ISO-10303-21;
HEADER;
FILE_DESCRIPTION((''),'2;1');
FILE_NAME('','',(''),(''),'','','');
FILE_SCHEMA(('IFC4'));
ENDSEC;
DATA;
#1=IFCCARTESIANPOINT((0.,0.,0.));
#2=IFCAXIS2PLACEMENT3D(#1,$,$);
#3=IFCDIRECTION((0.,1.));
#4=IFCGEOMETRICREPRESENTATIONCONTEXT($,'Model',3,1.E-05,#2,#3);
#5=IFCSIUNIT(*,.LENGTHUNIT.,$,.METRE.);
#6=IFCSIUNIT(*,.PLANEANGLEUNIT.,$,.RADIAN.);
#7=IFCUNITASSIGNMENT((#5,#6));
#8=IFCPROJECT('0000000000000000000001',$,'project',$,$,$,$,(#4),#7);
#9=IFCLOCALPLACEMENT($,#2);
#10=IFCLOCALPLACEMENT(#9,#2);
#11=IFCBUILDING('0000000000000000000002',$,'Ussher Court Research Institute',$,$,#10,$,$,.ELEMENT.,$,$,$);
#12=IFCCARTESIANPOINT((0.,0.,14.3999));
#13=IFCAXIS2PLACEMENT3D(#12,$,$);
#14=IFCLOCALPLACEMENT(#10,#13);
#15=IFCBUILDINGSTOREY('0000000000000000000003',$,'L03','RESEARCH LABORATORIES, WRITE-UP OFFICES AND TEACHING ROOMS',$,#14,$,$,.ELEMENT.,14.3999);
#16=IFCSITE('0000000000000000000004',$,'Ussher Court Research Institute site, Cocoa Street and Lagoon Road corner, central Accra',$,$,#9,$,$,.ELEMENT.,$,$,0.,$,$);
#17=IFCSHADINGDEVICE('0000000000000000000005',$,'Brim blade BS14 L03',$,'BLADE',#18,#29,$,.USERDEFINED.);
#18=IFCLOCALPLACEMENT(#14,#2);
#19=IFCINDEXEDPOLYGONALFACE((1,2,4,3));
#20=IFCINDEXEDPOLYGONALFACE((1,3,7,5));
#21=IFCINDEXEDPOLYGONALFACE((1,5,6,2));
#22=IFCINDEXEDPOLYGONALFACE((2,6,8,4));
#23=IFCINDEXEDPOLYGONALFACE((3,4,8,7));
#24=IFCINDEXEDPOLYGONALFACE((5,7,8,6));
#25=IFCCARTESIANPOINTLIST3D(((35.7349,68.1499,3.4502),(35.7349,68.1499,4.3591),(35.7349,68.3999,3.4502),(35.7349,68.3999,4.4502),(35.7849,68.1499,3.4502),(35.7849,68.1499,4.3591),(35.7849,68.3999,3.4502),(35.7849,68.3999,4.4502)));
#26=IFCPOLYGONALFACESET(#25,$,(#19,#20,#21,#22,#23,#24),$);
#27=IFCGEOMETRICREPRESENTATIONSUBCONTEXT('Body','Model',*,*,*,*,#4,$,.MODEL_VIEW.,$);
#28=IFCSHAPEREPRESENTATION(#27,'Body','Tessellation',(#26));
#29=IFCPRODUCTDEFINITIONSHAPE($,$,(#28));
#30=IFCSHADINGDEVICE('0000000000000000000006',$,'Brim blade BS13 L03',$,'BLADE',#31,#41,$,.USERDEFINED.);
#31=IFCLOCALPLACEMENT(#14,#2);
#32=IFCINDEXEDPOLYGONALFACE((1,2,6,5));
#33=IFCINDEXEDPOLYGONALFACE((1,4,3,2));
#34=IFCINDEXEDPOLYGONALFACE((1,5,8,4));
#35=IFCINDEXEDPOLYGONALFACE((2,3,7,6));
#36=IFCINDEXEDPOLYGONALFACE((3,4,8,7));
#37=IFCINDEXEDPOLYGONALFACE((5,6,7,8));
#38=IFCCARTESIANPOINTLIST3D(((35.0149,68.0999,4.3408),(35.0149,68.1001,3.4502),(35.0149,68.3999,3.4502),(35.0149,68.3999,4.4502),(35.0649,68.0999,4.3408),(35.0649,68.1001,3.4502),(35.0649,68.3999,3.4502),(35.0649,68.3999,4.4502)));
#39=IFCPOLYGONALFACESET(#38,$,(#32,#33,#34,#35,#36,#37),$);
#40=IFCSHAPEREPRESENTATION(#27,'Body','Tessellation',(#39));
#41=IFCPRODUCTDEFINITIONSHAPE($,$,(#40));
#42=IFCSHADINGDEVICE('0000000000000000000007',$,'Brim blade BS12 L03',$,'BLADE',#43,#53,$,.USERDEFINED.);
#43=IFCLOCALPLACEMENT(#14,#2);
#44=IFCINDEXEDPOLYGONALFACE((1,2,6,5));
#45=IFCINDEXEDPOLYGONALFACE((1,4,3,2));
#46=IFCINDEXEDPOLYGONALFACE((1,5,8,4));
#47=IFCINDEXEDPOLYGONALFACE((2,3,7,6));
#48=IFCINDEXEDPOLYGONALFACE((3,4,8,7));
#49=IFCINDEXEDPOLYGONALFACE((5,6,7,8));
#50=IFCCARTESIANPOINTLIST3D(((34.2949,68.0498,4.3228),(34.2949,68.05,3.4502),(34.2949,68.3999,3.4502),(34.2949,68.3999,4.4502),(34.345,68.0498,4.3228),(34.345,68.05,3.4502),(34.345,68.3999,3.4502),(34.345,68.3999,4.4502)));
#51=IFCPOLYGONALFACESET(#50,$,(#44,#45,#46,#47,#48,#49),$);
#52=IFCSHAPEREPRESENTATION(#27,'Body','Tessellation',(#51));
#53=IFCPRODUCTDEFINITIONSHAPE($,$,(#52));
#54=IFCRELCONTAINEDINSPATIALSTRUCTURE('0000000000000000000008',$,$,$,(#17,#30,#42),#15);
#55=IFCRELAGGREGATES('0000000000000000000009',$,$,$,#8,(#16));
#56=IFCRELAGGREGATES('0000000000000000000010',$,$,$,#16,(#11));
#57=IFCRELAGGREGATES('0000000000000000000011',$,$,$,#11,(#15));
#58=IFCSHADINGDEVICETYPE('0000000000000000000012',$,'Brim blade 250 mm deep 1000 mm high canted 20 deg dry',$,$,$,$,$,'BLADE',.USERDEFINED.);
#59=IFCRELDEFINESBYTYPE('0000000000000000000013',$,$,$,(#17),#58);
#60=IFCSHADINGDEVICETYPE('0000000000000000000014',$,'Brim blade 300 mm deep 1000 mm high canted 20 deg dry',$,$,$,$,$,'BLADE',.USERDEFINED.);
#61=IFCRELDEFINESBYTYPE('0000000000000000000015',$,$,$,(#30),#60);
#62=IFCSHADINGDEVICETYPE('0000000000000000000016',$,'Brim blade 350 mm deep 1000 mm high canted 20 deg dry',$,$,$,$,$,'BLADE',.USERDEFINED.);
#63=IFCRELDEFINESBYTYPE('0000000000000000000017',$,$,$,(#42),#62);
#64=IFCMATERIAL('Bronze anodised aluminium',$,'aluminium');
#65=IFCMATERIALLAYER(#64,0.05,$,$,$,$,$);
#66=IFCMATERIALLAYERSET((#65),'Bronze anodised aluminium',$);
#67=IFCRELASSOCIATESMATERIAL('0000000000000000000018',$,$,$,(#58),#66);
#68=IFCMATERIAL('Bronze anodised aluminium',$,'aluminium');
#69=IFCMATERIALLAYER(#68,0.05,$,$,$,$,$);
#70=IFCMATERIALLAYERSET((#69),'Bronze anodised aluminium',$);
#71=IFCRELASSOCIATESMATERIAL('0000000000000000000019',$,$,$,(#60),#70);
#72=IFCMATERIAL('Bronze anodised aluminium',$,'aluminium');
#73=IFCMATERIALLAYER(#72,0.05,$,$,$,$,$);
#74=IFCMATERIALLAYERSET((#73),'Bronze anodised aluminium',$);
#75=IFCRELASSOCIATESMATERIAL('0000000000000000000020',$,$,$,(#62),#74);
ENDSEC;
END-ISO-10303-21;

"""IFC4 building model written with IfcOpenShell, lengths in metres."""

from ifc_helpers import new_model, si_unit, direction, frame, origin, place, context, subcontext, project, spatial, polyline, outline, extrude, material, layer, layer_set, type_object, element, save


model = new_model("IFC4")

# Units and contexts
model_context = context("Model", 3, precision=1e-05, world=origin(), true_north=direction((0.0, 1.0)))
body_context = subcontext(model_context, "Body", "Model", "MODEL_VIEW")
ifc_project = project(units=[si_unit("LENGTHUNIT", "METRE"), si_unit("PLANEANGLEUNIT", "RADIAN")], contexts=[model_context])

# Site, building, storey
site_placement = place(None, origin())
site = spatial("IfcSite", under=ifc_project, at=site_placement, Name="Ussher Court Research Institute site, Cocoa Street and Lagoon Road corner, central Accra", CompositionType="ELEMENT", RefElevation=0.0)
building_placement = place(site_placement, origin())
building = spatial("IfcBuilding", under=site, at=building_placement, Name="Ussher Court Research Institute", CompositionType="ELEMENT")
storey_placement = place(building_placement, frame((0.0, 0.0, 14.3999)))
storey = spatial("IfcBuildingStorey", under=building, at=storey_placement, Name="L03", Description="RESEARCH LABORATORIES, WRITE-UP OFFICES AND TEACHING ROOMS", CompositionType="ELEMENT", Elevation=14.3999)

# Shading devices
ifc_material_1 = material(Name="Bronze anodised aluminium", Category="aluminium")
ifc_layer_1 = layer(ifc_material_1, 0.05)
ifc_layer_set_1 = layer_set([ifc_layer_1], Name="Bronze anodised aluminium")
shading_device_type_1 = type_object("IfcShadingDeviceType", Name="Brim blade 250 mm deep 1000 mm high canted 20 deg dry", ElementType="BLADE", PredefinedType="USERDEFINED", material=ifc_layer_set_1)
shading_device_1_placement = place(storey_placement, frame((35.76, 68.3999, 3.4502), z_axis=(0.0, 0.0, 1.0), x_axis=(0.0, -1.0, 0.0)))
element("IfcShadingDevice", 1, at=shading_device_1_placement, inside=storey, type_object=shading_device_type_1, Name="Brim blade BS14 L03", ObjectType="BLADE", PredefinedType="USERDEFINED", context=body_context, shape_type="SweptSolid", body=[
    extrude(outline(polyline([(0.0, 0.0), (0.25, 0.0), (0.25, 0.9089), (0.0, 1.0), (0.0, 0.0)])), frame((0.0, 0.0249, 0.0), z_axis=(0.0, -1.0, 0.0), x_axis=(1.0, 0.0, 0.0)), (0.0, 0.0, 1.0), 0.05),
])
ifc_material_2 = material(Name="Bronze anodised aluminium", Category="aluminium")
ifc_layer_2 = layer(ifc_material_2, 0.05)
ifc_layer_set_2 = layer_set([ifc_layer_2], Name="Bronze anodised aluminium")
shading_device_type_2 = type_object("IfcShadingDeviceType", Name="Brim blade 300 mm deep 1000 mm high canted 20 deg dry", ElementType="BLADE", PredefinedType="USERDEFINED", material=ifc_layer_set_2)
shading_device_2_placement = place(storey_placement, frame((35.04, 68.3999, 3.4502), z_axis=(0.0, 0.0, 1.0), x_axis=(0.0, -1.0, 0.0)))
element("IfcShadingDevice", 2, at=shading_device_2_placement, inside=storey, type_object=shading_device_type_2, Name="Brim blade BS13 L03", ObjectType="BLADE", PredefinedType="USERDEFINED", context=body_context, shape_type="SweptSolid", body=[
    extrude(outline(polyline([(0.0, 0.0), (0.2998, 0.0), (0.3, 0.8906), (0.0, 1.0), (0.0, 0.0)])), frame((0.0, 0.0249, 0.0), z_axis=(0.0, -1.0, 0.0), x_axis=(1.0, 0.0, 0.0)), (0.0, 0.0, 1.0), 0.05),
])
ifc_material_3 = material(Name="Bronze anodised aluminium", Category="aluminium")
ifc_layer_3 = layer(ifc_material_3, 0.05)
ifc_layer_set_3 = layer_set([ifc_layer_3], Name="Bronze anodised aluminium")
shading_device_type_3 = type_object("IfcShadingDeviceType", Name="Brim blade 350 mm deep 1000 mm high canted 20 deg dry", ElementType="BLADE", PredefinedType="USERDEFINED", material=ifc_layer_set_3)
shading_device_3_placement = place(storey_placement, frame((34.3201, 68.3999, 3.4502), z_axis=(0.0, 0.0, 1.0), x_axis=(0.0, -1.0, 0.0)))
element("IfcShadingDevice", 3, at=shading_device_3_placement, inside=storey, type_object=shading_device_type_3, Name="Brim blade BS12 L03", ObjectType="BLADE", PredefinedType="USERDEFINED", context=body_context, shape_type="SweptSolid", body=[
    extrude(outline(polyline([(0.0, 0.0), (0.3499, 0.0), (0.3501, 0.8726), (0.0, 1.0), (0.0, 0.0)])), frame((0.0, 0.0249, 0.0), z_axis=(0.0, -1.0, 0.0), x_axis=(1.0, 0.0, 0.0)), (0.0, 0.0, 1.0), 0.05),
])

save(model, "model.ifc")
